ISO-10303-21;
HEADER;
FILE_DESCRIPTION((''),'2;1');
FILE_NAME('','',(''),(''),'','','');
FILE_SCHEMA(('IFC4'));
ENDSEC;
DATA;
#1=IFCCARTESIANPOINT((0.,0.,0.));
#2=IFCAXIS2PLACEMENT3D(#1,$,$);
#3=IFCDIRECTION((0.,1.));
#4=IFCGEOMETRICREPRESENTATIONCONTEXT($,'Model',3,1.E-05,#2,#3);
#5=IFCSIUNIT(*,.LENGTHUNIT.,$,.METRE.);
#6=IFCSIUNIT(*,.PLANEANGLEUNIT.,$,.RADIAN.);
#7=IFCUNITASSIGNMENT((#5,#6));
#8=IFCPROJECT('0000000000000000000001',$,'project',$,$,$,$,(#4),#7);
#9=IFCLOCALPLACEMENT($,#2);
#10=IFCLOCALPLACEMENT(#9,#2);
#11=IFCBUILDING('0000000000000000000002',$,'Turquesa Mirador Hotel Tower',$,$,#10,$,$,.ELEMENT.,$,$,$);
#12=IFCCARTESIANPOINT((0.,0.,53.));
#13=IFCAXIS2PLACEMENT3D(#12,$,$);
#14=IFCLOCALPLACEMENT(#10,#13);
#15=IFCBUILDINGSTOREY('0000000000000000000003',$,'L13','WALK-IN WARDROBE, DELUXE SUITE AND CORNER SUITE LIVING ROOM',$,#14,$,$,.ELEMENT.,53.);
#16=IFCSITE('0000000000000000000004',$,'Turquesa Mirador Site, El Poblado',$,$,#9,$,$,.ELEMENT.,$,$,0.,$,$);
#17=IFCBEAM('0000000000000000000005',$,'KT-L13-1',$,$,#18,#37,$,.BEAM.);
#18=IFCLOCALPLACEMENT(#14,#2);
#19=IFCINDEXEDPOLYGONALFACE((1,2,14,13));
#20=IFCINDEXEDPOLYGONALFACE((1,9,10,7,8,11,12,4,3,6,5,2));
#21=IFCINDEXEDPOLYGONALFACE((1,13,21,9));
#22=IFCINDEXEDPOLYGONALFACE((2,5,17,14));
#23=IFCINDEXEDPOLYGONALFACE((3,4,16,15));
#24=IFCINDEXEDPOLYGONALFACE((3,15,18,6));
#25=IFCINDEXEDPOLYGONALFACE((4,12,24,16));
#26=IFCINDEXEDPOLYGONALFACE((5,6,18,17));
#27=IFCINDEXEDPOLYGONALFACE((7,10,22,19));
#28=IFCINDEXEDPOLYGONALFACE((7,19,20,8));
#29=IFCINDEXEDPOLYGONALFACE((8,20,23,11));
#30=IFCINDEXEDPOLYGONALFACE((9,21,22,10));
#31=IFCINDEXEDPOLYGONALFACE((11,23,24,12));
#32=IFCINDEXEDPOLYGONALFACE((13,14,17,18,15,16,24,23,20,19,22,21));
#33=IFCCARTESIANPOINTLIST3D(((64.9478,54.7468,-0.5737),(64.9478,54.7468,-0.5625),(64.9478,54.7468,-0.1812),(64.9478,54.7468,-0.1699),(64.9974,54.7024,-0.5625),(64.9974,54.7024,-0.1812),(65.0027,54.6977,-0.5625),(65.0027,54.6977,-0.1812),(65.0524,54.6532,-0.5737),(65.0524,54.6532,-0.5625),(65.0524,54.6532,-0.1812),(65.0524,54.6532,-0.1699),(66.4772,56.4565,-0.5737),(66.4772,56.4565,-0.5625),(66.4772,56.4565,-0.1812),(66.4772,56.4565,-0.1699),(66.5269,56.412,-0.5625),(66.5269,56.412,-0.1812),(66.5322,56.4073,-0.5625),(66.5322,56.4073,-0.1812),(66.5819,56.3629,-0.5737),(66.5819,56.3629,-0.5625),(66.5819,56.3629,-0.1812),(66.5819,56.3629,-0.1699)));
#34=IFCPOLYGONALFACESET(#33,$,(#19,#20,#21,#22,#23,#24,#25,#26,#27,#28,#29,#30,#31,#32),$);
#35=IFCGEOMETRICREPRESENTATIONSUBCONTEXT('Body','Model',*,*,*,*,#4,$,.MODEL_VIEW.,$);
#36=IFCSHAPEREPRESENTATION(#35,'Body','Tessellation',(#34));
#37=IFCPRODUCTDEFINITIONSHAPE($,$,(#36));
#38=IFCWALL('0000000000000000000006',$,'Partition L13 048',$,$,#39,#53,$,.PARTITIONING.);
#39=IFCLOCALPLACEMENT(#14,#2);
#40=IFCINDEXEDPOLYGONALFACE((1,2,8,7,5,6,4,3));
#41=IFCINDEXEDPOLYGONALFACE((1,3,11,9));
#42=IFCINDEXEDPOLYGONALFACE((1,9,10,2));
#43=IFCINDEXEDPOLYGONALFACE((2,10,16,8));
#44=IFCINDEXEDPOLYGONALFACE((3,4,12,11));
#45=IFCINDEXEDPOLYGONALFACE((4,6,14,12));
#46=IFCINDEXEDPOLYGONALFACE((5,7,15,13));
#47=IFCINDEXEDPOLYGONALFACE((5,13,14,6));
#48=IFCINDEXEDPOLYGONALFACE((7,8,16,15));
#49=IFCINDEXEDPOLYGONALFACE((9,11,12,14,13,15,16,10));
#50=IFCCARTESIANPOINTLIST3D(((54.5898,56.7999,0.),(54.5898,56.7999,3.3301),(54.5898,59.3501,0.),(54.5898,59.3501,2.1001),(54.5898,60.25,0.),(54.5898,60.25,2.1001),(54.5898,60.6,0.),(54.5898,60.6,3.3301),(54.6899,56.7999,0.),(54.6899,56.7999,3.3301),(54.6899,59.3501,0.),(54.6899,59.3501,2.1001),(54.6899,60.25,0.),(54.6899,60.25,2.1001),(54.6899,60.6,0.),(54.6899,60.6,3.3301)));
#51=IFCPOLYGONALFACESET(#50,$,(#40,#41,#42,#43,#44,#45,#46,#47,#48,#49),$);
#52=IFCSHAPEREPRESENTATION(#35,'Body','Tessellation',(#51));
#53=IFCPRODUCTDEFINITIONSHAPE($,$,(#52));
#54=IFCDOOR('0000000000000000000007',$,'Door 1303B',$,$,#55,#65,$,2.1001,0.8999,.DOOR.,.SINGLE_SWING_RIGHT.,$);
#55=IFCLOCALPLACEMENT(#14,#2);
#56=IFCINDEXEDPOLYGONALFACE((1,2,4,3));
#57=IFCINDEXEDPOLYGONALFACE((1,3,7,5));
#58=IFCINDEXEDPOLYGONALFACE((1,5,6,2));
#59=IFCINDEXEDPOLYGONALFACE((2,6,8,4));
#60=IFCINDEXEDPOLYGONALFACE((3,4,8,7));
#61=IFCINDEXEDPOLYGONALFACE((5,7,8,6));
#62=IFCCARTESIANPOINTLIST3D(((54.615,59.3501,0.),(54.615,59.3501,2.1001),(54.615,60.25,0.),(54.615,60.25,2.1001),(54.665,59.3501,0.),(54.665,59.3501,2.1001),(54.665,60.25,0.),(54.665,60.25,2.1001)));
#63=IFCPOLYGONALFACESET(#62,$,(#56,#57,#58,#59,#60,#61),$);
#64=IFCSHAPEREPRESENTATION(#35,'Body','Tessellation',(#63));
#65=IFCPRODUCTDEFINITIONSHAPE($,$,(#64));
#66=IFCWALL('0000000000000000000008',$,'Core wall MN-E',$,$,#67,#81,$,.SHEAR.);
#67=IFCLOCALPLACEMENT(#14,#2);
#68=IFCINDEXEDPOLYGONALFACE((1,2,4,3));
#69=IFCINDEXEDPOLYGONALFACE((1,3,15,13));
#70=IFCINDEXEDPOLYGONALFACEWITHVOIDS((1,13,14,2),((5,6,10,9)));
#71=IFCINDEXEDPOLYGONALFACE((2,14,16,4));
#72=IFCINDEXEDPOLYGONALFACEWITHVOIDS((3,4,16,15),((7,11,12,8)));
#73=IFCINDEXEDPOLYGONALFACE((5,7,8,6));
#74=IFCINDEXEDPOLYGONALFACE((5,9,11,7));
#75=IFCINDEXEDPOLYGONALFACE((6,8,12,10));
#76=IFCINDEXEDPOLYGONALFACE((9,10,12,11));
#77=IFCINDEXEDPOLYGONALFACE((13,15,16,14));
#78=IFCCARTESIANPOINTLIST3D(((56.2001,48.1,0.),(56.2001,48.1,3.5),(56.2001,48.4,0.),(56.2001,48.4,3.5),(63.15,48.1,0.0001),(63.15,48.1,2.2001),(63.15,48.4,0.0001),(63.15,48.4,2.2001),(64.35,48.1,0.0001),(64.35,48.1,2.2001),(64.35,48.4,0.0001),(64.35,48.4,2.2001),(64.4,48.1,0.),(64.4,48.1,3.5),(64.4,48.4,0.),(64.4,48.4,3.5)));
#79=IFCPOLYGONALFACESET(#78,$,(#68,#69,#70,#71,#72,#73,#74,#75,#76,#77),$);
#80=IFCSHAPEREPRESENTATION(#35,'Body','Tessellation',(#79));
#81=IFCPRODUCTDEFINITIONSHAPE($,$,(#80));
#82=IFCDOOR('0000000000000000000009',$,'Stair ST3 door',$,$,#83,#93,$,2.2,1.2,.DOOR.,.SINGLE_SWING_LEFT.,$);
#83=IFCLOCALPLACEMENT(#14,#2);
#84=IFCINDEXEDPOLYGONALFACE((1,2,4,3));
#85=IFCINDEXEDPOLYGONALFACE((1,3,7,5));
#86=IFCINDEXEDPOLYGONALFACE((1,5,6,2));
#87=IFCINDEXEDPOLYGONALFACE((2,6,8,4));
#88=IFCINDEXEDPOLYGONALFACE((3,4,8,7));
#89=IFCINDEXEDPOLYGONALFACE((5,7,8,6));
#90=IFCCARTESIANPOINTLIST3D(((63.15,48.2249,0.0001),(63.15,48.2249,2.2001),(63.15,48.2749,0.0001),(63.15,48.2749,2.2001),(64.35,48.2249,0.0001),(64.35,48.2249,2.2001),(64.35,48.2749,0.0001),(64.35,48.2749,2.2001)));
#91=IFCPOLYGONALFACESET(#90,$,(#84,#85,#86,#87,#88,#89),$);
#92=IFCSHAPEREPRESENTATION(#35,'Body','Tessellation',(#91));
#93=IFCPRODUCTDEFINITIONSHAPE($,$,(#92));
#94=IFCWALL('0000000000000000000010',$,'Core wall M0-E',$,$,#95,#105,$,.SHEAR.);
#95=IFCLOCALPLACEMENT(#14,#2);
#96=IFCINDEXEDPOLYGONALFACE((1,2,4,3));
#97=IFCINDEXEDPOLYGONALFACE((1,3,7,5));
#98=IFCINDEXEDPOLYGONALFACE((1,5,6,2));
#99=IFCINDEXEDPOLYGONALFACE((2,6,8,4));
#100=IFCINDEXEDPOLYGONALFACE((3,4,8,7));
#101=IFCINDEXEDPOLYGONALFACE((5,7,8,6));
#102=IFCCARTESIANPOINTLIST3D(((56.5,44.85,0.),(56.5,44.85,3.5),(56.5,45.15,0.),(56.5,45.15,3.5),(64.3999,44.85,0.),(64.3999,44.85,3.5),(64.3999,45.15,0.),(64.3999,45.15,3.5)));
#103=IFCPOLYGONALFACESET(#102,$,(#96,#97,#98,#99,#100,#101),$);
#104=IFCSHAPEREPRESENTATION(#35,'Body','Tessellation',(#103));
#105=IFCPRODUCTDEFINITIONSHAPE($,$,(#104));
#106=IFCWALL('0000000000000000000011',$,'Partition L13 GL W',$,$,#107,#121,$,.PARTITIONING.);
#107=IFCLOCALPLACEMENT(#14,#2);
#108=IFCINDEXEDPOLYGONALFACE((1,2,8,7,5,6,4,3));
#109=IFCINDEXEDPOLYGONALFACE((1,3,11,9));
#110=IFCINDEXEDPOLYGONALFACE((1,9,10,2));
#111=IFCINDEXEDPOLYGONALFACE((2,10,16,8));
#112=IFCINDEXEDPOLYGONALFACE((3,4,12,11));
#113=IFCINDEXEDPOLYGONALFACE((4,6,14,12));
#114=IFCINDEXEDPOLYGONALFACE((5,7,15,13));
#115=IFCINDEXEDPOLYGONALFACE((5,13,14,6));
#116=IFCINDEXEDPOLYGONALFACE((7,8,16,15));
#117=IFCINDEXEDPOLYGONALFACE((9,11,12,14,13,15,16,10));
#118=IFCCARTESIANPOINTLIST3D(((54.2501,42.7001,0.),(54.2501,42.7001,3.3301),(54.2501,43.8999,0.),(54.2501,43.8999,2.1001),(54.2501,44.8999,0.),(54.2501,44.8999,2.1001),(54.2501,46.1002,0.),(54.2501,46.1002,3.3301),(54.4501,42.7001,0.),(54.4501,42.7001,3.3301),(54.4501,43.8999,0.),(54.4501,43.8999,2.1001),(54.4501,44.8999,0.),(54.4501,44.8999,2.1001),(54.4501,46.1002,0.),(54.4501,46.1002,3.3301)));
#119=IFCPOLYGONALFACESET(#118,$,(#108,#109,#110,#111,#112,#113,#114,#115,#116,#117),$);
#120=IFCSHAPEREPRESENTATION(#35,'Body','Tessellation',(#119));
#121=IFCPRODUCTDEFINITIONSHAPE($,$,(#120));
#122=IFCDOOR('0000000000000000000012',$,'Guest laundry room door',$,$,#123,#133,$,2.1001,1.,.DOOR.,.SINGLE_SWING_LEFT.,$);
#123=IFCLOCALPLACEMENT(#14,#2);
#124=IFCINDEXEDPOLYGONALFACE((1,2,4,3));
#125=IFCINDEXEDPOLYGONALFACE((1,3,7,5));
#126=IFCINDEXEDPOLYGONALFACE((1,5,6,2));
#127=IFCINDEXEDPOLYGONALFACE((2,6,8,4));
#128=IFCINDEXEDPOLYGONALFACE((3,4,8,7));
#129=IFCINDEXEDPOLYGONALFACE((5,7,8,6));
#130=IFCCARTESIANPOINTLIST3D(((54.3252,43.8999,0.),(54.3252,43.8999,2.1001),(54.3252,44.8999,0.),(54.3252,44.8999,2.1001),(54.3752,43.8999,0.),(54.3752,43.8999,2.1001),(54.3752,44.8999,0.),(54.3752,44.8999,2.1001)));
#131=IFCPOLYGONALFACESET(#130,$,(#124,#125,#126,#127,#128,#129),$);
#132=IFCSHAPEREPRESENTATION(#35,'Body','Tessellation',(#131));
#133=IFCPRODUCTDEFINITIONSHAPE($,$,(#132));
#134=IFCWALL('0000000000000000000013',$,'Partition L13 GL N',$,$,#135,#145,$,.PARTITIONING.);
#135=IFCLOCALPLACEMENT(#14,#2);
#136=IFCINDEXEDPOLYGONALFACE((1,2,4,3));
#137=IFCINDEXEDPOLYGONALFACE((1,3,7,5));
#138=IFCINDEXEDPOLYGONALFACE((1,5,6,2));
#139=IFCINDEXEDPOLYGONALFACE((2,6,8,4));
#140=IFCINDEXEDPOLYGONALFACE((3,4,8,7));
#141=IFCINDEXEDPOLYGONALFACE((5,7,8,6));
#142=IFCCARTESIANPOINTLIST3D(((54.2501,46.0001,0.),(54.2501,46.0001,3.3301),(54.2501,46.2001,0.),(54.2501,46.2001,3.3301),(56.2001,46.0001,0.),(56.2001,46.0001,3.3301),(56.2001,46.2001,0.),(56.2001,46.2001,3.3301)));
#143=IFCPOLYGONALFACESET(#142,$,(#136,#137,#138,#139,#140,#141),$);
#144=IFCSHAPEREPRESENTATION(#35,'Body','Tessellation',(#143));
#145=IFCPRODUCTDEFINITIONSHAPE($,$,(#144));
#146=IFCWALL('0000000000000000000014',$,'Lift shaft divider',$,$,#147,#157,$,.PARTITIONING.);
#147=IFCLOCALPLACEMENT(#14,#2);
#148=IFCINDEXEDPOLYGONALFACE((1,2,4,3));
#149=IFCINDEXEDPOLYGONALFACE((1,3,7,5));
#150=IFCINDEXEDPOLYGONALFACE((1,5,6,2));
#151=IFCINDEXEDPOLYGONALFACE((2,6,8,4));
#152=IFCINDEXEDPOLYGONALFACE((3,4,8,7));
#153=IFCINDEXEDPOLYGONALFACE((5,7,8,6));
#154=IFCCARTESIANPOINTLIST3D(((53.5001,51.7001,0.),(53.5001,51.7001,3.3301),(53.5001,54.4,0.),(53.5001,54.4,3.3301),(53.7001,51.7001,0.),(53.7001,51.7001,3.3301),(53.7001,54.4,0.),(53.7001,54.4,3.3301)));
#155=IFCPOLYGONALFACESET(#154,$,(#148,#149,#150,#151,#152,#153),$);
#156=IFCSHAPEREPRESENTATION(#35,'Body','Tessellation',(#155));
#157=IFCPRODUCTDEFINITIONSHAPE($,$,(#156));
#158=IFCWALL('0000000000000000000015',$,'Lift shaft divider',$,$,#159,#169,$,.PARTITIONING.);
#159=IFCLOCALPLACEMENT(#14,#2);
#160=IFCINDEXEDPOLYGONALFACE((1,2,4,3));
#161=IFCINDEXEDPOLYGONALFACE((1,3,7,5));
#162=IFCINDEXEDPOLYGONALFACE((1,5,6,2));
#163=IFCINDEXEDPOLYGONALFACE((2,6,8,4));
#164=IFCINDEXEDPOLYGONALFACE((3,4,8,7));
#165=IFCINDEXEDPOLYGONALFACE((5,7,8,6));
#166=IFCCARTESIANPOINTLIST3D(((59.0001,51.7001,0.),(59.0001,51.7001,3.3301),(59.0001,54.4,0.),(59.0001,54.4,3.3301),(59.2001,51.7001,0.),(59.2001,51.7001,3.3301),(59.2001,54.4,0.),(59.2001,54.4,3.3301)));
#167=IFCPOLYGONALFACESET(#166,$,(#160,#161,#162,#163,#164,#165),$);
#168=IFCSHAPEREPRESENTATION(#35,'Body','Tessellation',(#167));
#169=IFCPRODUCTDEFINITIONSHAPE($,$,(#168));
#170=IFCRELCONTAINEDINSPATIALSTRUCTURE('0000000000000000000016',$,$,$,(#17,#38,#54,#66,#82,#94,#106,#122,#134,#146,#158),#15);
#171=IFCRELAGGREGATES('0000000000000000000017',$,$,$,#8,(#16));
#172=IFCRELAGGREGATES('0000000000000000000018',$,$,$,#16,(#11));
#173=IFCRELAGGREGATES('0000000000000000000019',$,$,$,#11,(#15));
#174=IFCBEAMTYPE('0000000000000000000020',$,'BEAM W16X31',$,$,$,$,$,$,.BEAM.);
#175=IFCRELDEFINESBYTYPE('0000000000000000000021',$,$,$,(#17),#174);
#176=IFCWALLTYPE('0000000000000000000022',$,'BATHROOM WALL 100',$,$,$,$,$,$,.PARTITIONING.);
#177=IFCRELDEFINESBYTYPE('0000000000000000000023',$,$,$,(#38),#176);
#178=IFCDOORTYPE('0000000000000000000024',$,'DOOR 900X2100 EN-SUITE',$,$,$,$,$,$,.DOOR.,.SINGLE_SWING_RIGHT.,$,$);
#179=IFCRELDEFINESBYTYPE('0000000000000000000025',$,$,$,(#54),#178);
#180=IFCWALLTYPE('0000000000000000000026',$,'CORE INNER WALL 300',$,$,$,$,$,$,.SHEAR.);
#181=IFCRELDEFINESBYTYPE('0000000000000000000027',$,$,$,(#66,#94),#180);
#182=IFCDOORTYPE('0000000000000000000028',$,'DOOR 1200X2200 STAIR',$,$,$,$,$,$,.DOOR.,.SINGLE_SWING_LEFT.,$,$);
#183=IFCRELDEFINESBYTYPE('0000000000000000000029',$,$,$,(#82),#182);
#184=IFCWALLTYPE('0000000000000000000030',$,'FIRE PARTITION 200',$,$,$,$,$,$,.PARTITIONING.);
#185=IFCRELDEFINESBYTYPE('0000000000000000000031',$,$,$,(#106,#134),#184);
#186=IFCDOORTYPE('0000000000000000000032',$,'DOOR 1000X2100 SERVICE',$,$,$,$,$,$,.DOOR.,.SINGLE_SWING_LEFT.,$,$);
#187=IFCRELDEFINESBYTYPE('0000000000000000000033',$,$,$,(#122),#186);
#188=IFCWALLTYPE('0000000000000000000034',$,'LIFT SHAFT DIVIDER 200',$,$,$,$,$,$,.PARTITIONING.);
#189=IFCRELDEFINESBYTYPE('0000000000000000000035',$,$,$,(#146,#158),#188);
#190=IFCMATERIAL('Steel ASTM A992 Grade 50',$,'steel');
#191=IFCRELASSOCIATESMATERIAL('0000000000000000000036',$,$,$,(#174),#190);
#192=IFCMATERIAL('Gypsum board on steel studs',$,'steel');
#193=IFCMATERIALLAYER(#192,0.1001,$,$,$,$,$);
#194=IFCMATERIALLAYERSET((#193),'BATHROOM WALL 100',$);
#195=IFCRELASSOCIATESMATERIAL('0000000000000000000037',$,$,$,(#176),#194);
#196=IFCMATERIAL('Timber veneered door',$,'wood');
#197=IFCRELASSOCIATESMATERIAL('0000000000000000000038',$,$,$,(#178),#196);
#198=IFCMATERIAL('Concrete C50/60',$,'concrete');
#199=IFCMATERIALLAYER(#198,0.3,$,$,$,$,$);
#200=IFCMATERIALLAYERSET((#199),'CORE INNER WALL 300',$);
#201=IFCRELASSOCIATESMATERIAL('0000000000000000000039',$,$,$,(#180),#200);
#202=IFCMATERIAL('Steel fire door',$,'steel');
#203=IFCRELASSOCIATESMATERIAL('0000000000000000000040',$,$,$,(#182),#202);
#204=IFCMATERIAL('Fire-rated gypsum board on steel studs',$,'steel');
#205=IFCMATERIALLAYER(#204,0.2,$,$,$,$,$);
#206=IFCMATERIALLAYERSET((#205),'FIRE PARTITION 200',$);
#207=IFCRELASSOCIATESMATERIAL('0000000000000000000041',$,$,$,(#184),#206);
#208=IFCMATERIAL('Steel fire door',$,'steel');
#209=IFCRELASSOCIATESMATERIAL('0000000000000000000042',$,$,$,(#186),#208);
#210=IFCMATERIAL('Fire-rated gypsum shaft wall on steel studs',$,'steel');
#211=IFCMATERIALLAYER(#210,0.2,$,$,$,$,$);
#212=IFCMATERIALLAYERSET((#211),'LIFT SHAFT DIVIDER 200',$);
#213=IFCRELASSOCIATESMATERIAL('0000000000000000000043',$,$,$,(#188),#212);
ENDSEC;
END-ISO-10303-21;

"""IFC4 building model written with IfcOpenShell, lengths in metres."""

from ifc_helpers import new_model, si_unit, direction, frame, frame_2d, origin, origin_2d, place, context, subcontext, project, spatial, rectangle, i_section, extrude, material, layer, layer_set, material_profile, profile_set, type_object, element, fill, save


model = new_model("IFC4")

# Units and contexts
model_context = context("Model", 3, precision=1e-05, world=origin(), true_north=direction((0.0, 1.0)))
body_context = subcontext(model_context, "Body", "Model", "MODEL_VIEW")
ifc_project = project(units=[si_unit("LENGTHUNIT", "METRE"), si_unit("PLANEANGLEUNIT", "RADIAN")], contexts=[model_context])

# Site, building, storey
site_placement = place(None, origin())
site = spatial("IfcSite", under=ifc_project, at=site_placement, Name="Turquesa Mirador Site, El Poblado", CompositionType="ELEMENT", RefElevation=0.0)
building_placement = place(site_placement, origin())
building = spatial("IfcBuilding", under=site, at=building_placement, Name="Turquesa Mirador Hotel Tower", CompositionType="ELEMENT")
storey_placement = place(building_placement, frame((0.0, 0.0, 53.0)))
storey = spatial("IfcBuildingStorey", under=building, at=storey_placement, Name="L13", Description="WALK-IN WARDROBE, DELUXE SUITE AND CORNER SUITE LIVING ROOM", CompositionType="ELEMENT", Elevation=53.0)

# Beam
ifc_material_1 = material(Name="Steel ASTM A992 Grade 50", Category="steel")
ifc_material_profile = material_profile(ifc_material_1, i_section(OverallWidth=0.1404, OverallDepth=0.4038, WebThickness=0.0071, FlangeThickness=0.0112, at=origin_2d()), Name="W16X31")
ifc_profile_set = profile_set([ifc_material_profile], Name="Steel ASTM A992 Grade 50")
beam_type = type_object("IfcBeamType", Name="BEAM W16X31", PredefinedType="BEAM", material=ifc_profile_set)
beam_placement = place(storey_placement, frame((66.5295, 56.4097, -0.3718), z_axis=(-0.666745, -0.745286, 0.0), x_axis=(0.745286, -0.666745, 0.0)))
element("IfcBeam", 1, at=beam_placement, inside=storey, type_object=beam_type, Name="KT-L13-1", PredefinedType="BEAM", context=body_context, shape_type="SweptSolid", body=[
    extrude(i_section(OverallWidth=0.1404, OverallDepth=0.4038, WebThickness=0.0071, FlangeThickness=0.0112, at=origin_2d()), origin(), (0.0, 0.0, 1.0), 2.2939),
])

# Walls, openings, doors
ifc_material_2 = material(Name="Gypsum board on steel studs", Category="steel")
ifc_layer_1 = layer(ifc_material_2, 0.1001)
ifc_layer_set_1 = layer_set([ifc_layer_1], Name="BATHROOM WALL 100")
wall_type_1 = type_object("IfcWallType", Name="BATHROOM WALL 100", PredefinedType="PARTITIONING", material=ifc_layer_set_1)
wall_1_placement = place(storey_placement, frame((54.6399, 56.8, 0.0), z_axis=(0.0, 0.0, 1.0), x_axis=(0.0, 1.0, 0.0)))
wall_1 = element("IfcWall", 2, at=wall_1_placement, inside=storey, type_object=wall_type_1, Name="Partition L13 048", PredefinedType="PARTITIONING", context=body_context, shape_type="SweptSolid", body=[
    extrude(rectangle(XDim=3.8, YDim=0.1001, at=frame_2d((1.8999, 0.0))), origin(), (0.0, 0.0, 1.0), 3.3301),
])
opening_1_placement = place(wall_1_placement, frame((2.55, 0.0, 0.0)))
opening_1 = element("IfcOpeningElement", 3, at=opening_1_placement, cuts=wall_1, PredefinedType="OPENING", context=body_context, shape_type="SweptSolid", body=[
    extrude(rectangle(XDim=0.8999, YDim=2.1001, at=frame_2d((0.45, 1.05))), frame((0.0, 0.0601, 0.0), z_axis=(0.0, -1.0, 0.0), x_axis=(1.0, 0.0, 0.0)), (0.0, 0.0, 1.0), 0.1201),
])
ifc_material_3 = material(Name="Timber veneered door", Category="wood")
door_type_1 = type_object("IfcDoorType", Name="DOOR 900X2100 EN-SUITE", OperationType="SINGLE_SWING_RIGHT", PredefinedType="DOOR", material=ifc_material_3)
door_1_placement = place(opening_1_placement, origin())
door_1 = element("IfcDoor", 4, at=door_1_placement, inside=storey, type_object=door_type_1, Name="Door 1303B", OperationType="SINGLE_SWING_RIGHT", OverallHeight=2.1001, OverallWidth=0.8999, PredefinedType="DOOR", context=body_context, shape_type="SweptSolid", body=[
    extrude(rectangle(XDim=0.8999, YDim=2.1001, at=frame_2d((0.45, 1.05))), frame((0.0, 0.0249, 0.0), z_axis=(0.0, -1.0, 0.0), x_axis=(1.0, 0.0, 0.0)), (0.0, 0.0, 1.0), 0.05),
])
fill(opening_1, door_1)
ifc_material_4 = material(Name="Concrete C50/60", Category="concrete")
ifc_layer_2 = layer(ifc_material_4, 0.3)
ifc_layer_set_2 = layer_set([ifc_layer_2], Name="CORE INNER WALL 300")
wall_type_2 = type_object("IfcWallType", Name="CORE INNER WALL 300", PredefinedType="SHEAR", material=ifc_layer_set_2)
wall_2_placement = place(storey_placement, frame((56.2, 48.25, 0.0), z_axis=(0.0, 0.0, 1.0), x_axis=(1.0, 0.0, 0.0)))
wall_2 = element("IfcWall", 5, at=wall_2_placement, inside=storey, type_object=wall_type_2, Name="Core wall MN-E", PredefinedType="SHEAR", context=body_context, shape_type="SweptSolid", body=[
    extrude(rectangle(XDim=8.2, YDim=0.3, at=frame_2d((4.1001, 0.0))), origin(), (0.0, 0.0, 1.0), 3.5),
])
opening_2_placement = place(wall_2_placement, frame((6.95, 0.0, 0.0)))
opening_2 = element("IfcOpeningElement", 6, at=opening_2_placement, cuts=wall_2, PredefinedType="OPENING", context=body_context, shape_type="SweptSolid", body=[
    extrude(rectangle(XDim=1.2, YDim=2.2, at=frame_2d((0.6001, 1.1001))), frame((0.0, 0.1599, 0.0), z_axis=(0.0, -1.0, 0.0), x_axis=(1.0, 0.0, 0.0)), (0.0, 0.0, 1.0), 0.3201),
])
ifc_material_5 = material(Name="Steel fire door", Category="steel")
door_type_2 = type_object("IfcDoorType", Name="DOOR 1200X2200 STAIR", OperationType="SINGLE_SWING_LEFT", PredefinedType="DOOR", material=ifc_material_5)
door_2_placement = place(opening_2_placement, origin())
door_2 = element("IfcDoor", 7, at=door_2_placement, inside=storey, type_object=door_type_2, Name="Stair ST3 door", OperationType="SINGLE_SWING_LEFT", OverallHeight=2.2, OverallWidth=1.2, PredefinedType="DOOR", context=body_context, shape_type="SweptSolid", body=[
    extrude(rectangle(XDim=1.2, YDim=2.2, at=frame_2d((0.6001, 1.1001))), frame((0.0, 0.0249, 0.0), z_axis=(0.0, -1.0, 0.0), x_axis=(1.0, 0.0, 0.0)), (0.0, 0.0, 1.0), 0.05),
])
fill(opening_2, door_2)

# Wall
wall_3_placement = place(storey_placement, frame((56.5, 45.0, 0.0), z_axis=(0.0, 0.0, 1.0), x_axis=(1.0, 0.0, 0.0)))
element("IfcWall", 8, at=wall_3_placement, inside=storey, type_object=wall_type_2, Name="Core wall M0-E", PredefinedType="SHEAR", context=body_context, shape_type="SweptSolid", body=[
    extrude(rectangle(XDim=7.8999, YDim=0.3, at=frame_2d((3.95, 0.0))), origin(), (0.0, 0.0, 1.0), 3.5),
])

# Wall, opening, door
ifc_material_6 = material(Name="Fire-rated gypsum board on steel studs", Category="steel")
ifc_layer_3 = layer(ifc_material_6, 0.2)
ifc_layer_set_3 = layer_set([ifc_layer_3], Name="FIRE PARTITION 200")
wall_type_3 = type_object("IfcWallType", Name="FIRE PARTITION 200", PredefinedType="PARTITIONING", material=ifc_layer_set_3)
wall_4_placement = place(storey_placement, frame((54.3501, 42.7, 0.0), z_axis=(0.0, 0.0, 1.0), x_axis=(0.0, 1.0, 0.0)))
wall_4 = element("IfcWall", 9, at=wall_4_placement, inside=storey, type_object=wall_type_3, Name="Partition L13 GL W", PredefinedType="PARTITIONING", context=body_context, shape_type="SweptSolid", body=[
    extrude(rectangle(XDim=3.4001, YDim=0.2, at=frame_2d((1.7002, 0.0))), origin(), (0.0, 0.0, 1.0), 3.3301),
])
opening_3_placement = place(wall_4_placement, frame((1.2, 0.0, 0.0)))
opening_3 = element("IfcOpeningElement", 10, at=opening_3_placement, cuts=wall_4, PredefinedType="OPENING", context=body_context, shape_type="SweptSolid", body=[
    extrude(rectangle(XDim=1.0, YDim=2.1001, at=frame_2d((0.5, 1.05))), frame((0.0, 0.1099, 0.0), z_axis=(0.0, -1.0, 0.0), x_axis=(1.0, 0.0, 0.0)), (0.0, 0.0, 1.0), 0.22),
])
ifc_material_7 = material(Name="Steel fire door", Category="steel")
door_type_3 = type_object("IfcDoorType", Name="DOOR 1000X2100 SERVICE", OperationType="SINGLE_SWING_LEFT", PredefinedType="DOOR", material=ifc_material_7)
door_3_placement = place(opening_3_placement, origin())
door_3 = element("IfcDoor", 11, at=door_3_placement, inside=storey, type_object=door_type_3, Name="Guest laundry room door", OperationType="SINGLE_SWING_LEFT", OverallHeight=2.1001, OverallWidth=1.0, PredefinedType="DOOR", context=body_context, shape_type="SweptSolid", body=[
    extrude(rectangle(XDim=1.0, YDim=2.1001, at=frame_2d((0.5, 1.05))), frame((0.0, 0.0249, 0.0), z_axis=(0.0, -1.0, 0.0), x_axis=(1.0, 0.0, 0.0)), (0.0, 0.0, 1.0), 0.05),
])
fill(opening_3, door_3)

# Walls
wall_5_placement = place(storey_placement, frame((54.25, 46.1001, 0.0), z_axis=(0.0, 0.0, 1.0), x_axis=(1.0, 0.0, 0.0)))
element("IfcWall", 12, at=wall_5_placement, inside=storey, type_object=wall_type_3, Name="Partition L13 GL N", PredefinedType="PARTITIONING", context=body_context, shape_type="SweptSolid", body=[
    extrude(rectangle(XDim=1.95, YDim=0.2, at=frame_2d((0.9751, 0.0))), origin(), (0.0, 0.0, 1.0), 3.3301),
])
ifc_material_8 = material(Name="Fire-rated gypsum shaft wall on steel studs", Category="steel")
ifc_layer_4 = layer(ifc_material_8, 0.2)
ifc_layer_set_4 = layer_set([ifc_layer_4], Name="LIFT SHAFT DIVIDER 200")
wall_type_4 = type_object("IfcWallType", Name="LIFT SHAFT DIVIDER 200", PredefinedType="PARTITIONING", material=ifc_layer_set_4)
for number, where, z_axis, x_axis, name in (
    (13, (53.6001, 51.7, 0.0), (0.0, 0.0, 1.0), (0.0, 1.0, 0.0), "Lift shaft divider"),
    (14, (59.1001, 51.7, 0.0), (0.0, 0.0, 1.0), (0.0, 1.0, 0.0), "Lift shaft divider"),
):
    element("IfcWall", number, at=place(storey_placement, frame(where, z_axis=z_axis, x_axis=x_axis)), inside=storey, type_object=wall_type_4, Name=name, PredefinedType="PARTITIONING", context=body_context, shape_type="SweptSolid", body=[
        extrude(rectangle(XDim=2.7, YDim=0.2, at=frame_2d((1.3501, 0.0))), origin(), (0.0, 0.0, 1.0), 3.3301),
    ])

save(model, "model.ifc")
